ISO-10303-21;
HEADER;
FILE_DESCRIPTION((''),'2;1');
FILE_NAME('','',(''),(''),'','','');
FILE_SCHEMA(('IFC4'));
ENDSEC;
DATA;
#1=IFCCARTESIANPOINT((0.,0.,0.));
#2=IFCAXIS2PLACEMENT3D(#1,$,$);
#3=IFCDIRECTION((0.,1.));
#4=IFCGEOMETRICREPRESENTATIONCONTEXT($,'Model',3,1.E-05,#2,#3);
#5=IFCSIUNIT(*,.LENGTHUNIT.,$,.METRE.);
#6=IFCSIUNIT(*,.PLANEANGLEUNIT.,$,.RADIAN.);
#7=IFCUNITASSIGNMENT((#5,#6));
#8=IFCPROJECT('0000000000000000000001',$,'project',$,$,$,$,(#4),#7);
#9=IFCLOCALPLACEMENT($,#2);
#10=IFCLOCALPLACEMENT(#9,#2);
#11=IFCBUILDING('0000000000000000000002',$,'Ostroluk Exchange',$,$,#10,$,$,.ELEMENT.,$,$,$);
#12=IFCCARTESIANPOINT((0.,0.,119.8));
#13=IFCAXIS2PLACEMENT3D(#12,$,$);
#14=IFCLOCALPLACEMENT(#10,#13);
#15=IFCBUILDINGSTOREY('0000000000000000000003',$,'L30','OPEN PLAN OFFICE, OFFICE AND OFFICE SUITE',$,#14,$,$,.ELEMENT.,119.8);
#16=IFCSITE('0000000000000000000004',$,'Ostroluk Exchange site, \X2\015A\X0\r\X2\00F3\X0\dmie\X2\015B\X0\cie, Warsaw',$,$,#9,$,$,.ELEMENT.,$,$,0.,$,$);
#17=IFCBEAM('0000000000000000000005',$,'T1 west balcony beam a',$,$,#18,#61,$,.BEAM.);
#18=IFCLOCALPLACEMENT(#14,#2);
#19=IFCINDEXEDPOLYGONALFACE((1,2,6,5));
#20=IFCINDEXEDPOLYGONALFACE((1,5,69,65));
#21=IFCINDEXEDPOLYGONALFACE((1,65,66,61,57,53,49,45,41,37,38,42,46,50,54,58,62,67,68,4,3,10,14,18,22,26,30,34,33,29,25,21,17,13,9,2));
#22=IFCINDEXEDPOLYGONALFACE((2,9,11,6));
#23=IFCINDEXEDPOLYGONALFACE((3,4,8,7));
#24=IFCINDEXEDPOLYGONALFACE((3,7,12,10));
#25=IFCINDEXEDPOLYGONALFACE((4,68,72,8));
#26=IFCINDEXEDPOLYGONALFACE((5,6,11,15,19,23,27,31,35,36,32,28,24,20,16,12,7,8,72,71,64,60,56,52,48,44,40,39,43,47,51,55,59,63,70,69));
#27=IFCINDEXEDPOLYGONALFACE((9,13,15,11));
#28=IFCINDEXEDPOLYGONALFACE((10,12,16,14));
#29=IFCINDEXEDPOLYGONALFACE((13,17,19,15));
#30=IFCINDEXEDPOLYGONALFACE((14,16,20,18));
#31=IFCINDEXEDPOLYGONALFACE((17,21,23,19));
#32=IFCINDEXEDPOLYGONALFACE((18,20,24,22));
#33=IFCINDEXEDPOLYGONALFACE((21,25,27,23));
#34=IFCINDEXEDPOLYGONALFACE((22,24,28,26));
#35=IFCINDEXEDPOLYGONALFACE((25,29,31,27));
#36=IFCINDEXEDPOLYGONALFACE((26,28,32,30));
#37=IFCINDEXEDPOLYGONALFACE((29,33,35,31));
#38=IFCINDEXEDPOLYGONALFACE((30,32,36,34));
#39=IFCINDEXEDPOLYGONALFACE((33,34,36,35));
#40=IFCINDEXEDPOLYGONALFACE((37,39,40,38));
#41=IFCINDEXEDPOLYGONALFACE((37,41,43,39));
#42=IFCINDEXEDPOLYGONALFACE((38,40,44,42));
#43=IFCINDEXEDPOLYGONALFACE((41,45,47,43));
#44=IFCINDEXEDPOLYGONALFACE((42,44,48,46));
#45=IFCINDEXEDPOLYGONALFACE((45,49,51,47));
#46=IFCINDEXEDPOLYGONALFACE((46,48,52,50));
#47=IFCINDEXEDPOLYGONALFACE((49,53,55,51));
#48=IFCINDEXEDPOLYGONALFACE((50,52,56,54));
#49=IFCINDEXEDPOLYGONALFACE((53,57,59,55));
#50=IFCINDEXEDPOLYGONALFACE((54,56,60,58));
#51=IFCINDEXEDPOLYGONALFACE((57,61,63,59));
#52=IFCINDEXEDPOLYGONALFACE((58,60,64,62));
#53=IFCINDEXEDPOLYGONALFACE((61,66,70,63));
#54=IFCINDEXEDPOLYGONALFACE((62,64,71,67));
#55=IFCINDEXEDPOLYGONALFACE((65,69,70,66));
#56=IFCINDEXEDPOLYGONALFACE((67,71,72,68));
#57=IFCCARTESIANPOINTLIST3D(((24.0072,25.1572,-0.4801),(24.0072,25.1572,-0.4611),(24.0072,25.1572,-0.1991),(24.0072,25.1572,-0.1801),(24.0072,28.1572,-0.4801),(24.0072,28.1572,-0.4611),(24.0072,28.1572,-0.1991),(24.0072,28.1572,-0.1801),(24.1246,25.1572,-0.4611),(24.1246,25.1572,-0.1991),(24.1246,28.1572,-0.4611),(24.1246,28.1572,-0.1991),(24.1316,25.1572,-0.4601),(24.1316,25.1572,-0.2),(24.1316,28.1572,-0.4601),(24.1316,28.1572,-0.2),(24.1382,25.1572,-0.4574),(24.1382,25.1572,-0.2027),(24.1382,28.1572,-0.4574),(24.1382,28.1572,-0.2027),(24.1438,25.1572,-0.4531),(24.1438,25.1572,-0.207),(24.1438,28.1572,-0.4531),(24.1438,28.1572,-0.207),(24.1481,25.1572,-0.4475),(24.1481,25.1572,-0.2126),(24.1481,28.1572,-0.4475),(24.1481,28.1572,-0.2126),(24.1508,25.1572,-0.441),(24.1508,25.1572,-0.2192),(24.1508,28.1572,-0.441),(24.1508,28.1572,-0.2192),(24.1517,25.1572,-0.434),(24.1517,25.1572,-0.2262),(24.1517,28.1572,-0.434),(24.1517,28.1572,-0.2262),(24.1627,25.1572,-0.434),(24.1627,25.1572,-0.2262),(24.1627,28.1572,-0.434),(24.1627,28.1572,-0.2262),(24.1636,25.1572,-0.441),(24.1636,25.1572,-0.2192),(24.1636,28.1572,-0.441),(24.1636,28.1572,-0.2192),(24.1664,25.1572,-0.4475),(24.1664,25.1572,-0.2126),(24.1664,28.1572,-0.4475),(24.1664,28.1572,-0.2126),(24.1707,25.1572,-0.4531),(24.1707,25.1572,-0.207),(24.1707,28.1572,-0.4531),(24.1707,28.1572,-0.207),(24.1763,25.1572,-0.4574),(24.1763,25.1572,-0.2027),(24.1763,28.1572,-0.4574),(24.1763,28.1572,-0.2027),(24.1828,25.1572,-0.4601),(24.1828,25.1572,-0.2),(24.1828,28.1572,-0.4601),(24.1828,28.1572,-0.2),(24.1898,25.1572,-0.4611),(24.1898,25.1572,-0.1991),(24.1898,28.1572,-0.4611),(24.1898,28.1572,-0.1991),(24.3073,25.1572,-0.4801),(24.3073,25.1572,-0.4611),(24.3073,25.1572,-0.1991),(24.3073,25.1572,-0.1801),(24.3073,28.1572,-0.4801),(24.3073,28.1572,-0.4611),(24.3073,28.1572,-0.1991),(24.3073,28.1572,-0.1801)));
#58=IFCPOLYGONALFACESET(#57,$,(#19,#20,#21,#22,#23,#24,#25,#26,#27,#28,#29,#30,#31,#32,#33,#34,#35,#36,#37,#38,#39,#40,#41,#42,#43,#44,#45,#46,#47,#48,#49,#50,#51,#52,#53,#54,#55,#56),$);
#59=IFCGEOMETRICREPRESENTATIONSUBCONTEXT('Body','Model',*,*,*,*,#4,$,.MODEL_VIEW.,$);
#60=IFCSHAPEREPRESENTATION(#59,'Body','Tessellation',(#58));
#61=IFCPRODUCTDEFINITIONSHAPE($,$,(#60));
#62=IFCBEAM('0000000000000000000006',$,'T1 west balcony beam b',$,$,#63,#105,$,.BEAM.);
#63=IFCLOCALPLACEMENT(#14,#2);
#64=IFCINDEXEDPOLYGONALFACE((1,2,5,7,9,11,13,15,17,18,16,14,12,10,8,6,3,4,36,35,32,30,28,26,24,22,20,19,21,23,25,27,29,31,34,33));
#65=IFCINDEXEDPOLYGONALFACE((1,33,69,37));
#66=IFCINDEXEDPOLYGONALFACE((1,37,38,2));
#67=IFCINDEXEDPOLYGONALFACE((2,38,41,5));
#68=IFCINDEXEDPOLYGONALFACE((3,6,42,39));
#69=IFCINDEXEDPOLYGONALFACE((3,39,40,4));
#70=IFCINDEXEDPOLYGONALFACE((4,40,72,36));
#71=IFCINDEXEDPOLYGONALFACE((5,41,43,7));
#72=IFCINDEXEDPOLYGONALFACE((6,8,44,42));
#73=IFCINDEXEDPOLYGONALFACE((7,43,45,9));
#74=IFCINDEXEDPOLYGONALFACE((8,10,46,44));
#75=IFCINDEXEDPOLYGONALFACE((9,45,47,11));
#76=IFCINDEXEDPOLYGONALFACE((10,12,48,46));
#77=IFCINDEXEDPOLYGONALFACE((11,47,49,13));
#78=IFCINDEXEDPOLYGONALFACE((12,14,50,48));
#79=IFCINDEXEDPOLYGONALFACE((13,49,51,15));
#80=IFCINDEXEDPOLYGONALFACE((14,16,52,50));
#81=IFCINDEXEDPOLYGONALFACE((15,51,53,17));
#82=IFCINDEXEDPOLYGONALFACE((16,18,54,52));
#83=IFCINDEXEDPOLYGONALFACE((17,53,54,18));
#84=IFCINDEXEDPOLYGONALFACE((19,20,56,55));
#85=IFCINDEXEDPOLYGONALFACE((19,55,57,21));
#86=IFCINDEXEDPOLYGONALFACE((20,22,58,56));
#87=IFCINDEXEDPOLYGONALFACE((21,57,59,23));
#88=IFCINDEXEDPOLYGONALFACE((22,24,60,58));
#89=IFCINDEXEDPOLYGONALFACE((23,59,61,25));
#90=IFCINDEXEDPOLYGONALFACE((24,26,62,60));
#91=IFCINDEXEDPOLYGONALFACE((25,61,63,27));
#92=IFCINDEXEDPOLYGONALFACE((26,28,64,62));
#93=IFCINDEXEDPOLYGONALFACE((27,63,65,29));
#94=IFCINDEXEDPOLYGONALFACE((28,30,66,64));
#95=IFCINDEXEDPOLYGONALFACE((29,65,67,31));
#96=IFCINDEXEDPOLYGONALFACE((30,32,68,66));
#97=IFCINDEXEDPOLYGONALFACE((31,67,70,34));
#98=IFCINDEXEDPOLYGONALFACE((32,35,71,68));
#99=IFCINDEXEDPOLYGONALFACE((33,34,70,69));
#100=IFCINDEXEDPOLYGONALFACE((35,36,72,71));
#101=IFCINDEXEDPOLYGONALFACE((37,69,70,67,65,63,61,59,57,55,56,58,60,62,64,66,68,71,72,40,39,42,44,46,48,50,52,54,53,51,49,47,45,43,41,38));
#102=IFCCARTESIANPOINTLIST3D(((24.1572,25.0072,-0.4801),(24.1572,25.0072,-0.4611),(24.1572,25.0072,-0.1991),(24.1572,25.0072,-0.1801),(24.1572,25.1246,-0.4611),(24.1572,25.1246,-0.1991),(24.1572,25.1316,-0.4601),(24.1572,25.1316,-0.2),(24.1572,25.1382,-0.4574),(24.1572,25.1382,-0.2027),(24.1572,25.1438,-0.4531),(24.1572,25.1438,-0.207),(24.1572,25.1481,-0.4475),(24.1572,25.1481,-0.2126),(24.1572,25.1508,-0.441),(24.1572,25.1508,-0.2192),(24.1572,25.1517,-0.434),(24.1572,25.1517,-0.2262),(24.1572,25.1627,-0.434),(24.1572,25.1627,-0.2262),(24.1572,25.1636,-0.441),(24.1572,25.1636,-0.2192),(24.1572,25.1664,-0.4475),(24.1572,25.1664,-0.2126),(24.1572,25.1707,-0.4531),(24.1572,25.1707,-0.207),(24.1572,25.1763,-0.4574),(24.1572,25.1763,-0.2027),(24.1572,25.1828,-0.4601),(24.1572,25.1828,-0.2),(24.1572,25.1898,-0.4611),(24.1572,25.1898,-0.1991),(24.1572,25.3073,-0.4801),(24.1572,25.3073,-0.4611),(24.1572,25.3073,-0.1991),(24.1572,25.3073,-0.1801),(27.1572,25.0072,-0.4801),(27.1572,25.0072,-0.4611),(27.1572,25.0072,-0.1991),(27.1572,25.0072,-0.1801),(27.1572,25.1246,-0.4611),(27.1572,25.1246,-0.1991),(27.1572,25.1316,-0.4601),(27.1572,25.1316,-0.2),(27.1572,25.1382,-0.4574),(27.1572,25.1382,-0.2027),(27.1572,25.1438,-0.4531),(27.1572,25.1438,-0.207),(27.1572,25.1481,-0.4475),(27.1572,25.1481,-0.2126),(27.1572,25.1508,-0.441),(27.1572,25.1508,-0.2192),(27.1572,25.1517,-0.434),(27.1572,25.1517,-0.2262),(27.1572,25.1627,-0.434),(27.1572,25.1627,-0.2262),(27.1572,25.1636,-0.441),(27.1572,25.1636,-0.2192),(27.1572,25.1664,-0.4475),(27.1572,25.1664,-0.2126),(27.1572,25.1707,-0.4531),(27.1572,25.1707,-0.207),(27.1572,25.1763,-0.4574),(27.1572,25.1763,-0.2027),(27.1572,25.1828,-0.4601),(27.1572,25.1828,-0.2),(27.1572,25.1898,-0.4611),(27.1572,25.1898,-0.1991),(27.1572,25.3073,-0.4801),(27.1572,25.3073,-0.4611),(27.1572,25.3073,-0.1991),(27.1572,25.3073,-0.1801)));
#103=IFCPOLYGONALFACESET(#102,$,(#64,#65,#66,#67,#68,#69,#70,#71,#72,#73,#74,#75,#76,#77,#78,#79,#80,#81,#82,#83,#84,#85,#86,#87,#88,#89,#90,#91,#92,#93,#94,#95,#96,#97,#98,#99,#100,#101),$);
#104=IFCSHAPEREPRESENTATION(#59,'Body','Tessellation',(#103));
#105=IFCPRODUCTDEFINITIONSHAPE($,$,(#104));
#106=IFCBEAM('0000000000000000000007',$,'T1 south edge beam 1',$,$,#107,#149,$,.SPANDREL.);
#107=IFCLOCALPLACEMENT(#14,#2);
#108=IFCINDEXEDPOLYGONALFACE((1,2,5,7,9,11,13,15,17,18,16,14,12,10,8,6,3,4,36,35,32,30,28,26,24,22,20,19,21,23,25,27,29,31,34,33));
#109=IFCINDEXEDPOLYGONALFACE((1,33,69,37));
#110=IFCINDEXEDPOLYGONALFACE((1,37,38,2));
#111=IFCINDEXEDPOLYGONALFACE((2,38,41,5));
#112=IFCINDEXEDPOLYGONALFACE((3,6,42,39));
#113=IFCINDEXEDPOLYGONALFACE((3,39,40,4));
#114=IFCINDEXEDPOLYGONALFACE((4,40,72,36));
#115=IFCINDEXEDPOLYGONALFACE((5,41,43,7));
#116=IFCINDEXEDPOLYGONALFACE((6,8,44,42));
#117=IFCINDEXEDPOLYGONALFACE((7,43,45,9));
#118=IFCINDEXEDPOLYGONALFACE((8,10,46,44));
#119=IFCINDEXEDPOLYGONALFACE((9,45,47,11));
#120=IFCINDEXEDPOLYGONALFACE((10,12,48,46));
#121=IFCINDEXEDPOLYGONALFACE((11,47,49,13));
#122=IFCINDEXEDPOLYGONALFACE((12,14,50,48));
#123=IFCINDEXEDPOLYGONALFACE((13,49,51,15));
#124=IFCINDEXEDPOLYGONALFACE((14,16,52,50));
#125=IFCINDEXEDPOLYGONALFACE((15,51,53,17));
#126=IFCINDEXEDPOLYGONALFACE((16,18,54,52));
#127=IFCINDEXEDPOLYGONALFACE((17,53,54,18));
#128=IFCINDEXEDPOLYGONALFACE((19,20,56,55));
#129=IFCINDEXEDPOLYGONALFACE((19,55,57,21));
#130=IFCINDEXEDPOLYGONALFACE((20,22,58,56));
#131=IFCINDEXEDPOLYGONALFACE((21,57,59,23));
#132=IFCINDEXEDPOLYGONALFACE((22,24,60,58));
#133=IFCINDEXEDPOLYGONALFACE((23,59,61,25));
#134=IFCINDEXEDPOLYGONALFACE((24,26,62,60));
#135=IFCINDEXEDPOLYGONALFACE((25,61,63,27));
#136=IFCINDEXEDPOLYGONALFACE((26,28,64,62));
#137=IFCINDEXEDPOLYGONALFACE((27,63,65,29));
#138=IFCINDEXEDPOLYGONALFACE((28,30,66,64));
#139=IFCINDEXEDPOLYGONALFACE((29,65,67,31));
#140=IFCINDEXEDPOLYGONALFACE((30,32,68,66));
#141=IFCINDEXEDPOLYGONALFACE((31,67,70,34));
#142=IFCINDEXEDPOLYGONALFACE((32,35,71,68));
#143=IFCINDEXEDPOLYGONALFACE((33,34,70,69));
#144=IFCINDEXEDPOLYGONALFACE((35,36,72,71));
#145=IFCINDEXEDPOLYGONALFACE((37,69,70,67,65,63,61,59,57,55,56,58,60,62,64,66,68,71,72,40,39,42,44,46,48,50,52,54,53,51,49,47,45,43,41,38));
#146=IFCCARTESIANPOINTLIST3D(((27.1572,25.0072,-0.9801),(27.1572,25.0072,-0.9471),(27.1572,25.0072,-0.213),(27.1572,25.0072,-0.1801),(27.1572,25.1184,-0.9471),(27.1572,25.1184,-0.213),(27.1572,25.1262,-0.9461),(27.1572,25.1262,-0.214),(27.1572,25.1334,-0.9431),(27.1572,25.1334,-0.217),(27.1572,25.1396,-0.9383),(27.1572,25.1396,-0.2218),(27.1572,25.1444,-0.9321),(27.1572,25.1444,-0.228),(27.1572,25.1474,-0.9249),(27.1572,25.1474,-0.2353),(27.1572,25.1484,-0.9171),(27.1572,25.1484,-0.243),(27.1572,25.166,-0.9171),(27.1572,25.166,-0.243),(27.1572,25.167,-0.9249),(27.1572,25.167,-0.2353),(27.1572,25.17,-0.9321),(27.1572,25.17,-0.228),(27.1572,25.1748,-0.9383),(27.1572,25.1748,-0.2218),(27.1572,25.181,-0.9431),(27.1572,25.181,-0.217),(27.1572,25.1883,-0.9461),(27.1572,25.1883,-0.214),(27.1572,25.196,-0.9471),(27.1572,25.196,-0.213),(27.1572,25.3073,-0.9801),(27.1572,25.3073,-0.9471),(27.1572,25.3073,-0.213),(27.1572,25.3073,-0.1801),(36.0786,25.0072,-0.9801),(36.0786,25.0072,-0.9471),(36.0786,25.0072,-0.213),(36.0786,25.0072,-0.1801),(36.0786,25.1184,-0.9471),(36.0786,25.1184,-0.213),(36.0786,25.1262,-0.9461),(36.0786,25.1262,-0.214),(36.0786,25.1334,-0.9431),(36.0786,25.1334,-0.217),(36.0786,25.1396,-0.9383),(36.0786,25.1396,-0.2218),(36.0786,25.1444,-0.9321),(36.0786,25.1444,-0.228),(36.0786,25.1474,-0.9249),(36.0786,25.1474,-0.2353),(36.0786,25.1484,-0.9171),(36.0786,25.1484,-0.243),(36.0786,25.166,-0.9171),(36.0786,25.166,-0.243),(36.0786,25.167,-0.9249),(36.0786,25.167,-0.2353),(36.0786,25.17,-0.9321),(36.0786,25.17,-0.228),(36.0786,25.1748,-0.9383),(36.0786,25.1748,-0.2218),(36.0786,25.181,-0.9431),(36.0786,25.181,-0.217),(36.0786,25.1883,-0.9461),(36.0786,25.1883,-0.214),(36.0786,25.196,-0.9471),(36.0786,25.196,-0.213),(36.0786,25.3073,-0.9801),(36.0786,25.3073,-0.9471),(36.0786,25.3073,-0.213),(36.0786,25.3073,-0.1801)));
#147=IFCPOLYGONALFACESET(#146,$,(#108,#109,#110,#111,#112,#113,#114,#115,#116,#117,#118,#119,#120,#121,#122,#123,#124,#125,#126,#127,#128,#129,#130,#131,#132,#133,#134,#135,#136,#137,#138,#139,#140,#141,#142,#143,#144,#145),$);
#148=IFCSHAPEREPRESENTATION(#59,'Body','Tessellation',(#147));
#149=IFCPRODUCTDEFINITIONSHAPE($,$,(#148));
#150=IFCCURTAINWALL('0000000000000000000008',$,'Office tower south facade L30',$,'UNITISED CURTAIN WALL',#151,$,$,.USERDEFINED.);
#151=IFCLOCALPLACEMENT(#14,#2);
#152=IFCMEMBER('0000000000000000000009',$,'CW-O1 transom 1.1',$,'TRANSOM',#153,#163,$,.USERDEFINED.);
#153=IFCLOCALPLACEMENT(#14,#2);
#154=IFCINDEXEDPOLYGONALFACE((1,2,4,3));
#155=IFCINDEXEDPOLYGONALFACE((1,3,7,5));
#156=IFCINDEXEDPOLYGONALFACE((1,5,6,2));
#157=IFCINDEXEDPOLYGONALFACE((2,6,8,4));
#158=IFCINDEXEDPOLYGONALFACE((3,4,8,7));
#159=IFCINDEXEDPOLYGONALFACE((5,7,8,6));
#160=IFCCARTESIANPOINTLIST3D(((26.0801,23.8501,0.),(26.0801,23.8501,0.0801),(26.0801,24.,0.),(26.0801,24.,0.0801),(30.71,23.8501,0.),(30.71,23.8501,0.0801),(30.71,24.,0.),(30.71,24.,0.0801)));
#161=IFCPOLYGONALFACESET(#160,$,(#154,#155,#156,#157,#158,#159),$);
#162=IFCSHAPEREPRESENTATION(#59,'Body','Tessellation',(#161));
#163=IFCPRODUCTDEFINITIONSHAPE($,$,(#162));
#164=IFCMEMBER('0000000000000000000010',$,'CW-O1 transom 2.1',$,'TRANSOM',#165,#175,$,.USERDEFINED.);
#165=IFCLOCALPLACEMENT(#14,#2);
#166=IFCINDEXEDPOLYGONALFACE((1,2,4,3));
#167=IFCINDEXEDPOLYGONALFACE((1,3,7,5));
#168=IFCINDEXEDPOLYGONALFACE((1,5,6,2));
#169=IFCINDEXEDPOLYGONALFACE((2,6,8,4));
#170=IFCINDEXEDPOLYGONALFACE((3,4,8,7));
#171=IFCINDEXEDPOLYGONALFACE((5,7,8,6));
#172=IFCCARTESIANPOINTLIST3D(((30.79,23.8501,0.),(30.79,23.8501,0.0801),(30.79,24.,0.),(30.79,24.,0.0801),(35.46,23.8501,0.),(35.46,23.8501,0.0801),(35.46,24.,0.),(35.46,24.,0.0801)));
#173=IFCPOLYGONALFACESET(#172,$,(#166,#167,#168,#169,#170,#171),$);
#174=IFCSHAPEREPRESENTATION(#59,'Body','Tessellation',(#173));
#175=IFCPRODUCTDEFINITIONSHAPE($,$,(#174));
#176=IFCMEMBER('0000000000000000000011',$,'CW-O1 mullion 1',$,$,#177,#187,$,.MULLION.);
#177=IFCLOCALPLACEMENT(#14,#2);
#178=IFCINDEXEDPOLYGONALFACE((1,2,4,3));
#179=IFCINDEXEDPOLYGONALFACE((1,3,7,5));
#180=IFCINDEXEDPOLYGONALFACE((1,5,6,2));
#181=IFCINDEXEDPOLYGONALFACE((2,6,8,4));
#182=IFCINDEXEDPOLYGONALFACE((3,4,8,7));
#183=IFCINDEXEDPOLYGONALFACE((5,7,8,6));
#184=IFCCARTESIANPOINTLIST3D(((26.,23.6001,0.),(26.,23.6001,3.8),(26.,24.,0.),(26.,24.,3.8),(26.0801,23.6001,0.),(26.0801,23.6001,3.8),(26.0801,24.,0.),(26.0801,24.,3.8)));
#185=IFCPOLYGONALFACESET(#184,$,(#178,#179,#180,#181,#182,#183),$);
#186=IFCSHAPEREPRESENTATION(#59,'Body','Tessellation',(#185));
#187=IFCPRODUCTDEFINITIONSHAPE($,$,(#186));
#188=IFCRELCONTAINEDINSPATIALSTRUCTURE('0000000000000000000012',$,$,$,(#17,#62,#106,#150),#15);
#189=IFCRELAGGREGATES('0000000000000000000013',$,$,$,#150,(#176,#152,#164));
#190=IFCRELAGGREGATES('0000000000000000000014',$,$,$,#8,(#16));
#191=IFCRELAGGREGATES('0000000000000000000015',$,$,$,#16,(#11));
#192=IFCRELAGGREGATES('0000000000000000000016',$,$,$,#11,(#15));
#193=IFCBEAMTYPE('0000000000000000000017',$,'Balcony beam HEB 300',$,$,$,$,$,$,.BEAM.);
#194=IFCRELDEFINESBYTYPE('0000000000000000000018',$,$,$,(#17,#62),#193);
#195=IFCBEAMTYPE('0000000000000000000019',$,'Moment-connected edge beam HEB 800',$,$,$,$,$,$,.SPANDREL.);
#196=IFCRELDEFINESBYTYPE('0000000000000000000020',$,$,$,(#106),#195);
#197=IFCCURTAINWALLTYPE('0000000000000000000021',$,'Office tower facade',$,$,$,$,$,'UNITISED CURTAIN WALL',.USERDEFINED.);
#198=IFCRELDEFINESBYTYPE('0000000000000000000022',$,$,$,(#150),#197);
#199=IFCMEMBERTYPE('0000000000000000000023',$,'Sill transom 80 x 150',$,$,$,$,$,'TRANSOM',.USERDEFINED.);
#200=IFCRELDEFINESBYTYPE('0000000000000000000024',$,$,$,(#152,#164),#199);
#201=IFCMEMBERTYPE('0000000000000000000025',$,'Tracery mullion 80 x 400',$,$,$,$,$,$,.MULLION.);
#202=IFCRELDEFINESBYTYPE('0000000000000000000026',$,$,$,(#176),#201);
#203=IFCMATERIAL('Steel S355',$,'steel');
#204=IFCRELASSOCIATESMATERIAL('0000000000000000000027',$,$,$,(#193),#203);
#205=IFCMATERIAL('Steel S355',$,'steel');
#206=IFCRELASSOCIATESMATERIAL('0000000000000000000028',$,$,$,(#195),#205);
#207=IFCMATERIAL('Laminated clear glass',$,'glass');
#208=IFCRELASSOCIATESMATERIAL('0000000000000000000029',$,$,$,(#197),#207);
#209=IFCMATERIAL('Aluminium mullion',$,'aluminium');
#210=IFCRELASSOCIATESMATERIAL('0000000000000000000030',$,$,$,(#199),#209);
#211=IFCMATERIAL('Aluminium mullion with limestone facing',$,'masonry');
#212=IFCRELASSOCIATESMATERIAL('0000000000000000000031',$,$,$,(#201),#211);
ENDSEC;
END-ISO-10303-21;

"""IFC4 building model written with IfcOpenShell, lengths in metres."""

from ifc_helpers import new_model, si_unit, direction, frame, origin, origin_2d, place, context, subcontext, project, spatial, rectangle, i_section, extrude, material, material_profile, profile_set, type_object, element, aggregate, save


model = new_model("IFC4")

# Units and contexts
model_context = context("Model", 3, precision=1e-05, world=origin(), true_north=direction((0.0, 1.0)))
body_context = subcontext(model_context, "Body", "Model", "MODEL_VIEW")
ifc_project = project(units=[si_unit("LENGTHUNIT", "METRE"), si_unit("PLANEANGLEUNIT", "RADIAN")], contexts=[model_context])

# Site, building, storey
site_placement = place(None, origin())
site = spatial("IfcSite", under=ifc_project, at=site_placement, Name="Ostroluk Exchange site, Śródmieście, Warsaw", CompositionType="ELEMENT", RefElevation=0.0)
building_placement = place(site_placement, origin())
building = spatial("IfcBuilding", under=site, at=building_placement, Name="Ostroluk Exchange", CompositionType="ELEMENT")
storey_placement = place(building_placement, frame((0.0, 0.0, 119.8)))
storey = spatial("IfcBuildingStorey", under=building, at=storey_placement, Name="L30", Description="OPEN PLAN OFFICE, OFFICE AND OFFICE SUITE", CompositionType="ELEMENT", Elevation=119.8)

# Beams
ifc_material_1 = material(Name="Steel S355", Category="steel")
ifc_material_profile_1 = material_profile(ifc_material_1, i_section(OverallWidth=0.3, OverallDepth=0.3, WebThickness=0.011, FlangeThickness=0.019, FilletRadius=0.0271, at=origin_2d()), Name="HEB 300")
ifc_profile_set_1 = profile_set([ifc_material_profile_1], Name="Steel S355")
beam_type_1 = type_object("IfcBeamType", Name="Balcony beam HEB 300", PredefinedType="BEAM", material=ifc_profile_set_1)
for number, where, z_axis, x_axis, name in (
    (1, (24.1572, 28.1572, -0.3301), (0.0, -1.0, 0.0), (1.0, 0.0, 0.0), "T1 west balcony beam a"),
    (2, (27.1572, 25.1572, -0.3301), (-1.0, 0.0, 0.0), (0.0, -1.0, 0.0), "T1 west balcony beam b"),
):
    element("IfcBeam", number, at=place(storey_placement, frame(where, z_axis=z_axis, x_axis=x_axis)), inside=storey, type_object=beam_type_1, Name=name, PredefinedType="BEAM", context=body_context, shape_type="SweptSolid", body=[
        extrude(i_section(OverallWidth=0.3, OverallDepth=0.3, WebThickness=0.011, FlangeThickness=0.019, FilletRadius=0.0271, at=origin_2d()), origin(), (0.0, 0.0, 1.0), 3.0),
    ])
ifc_material_2 = material(Name="Steel S355", Category="steel")
ifc_material_profile_2 = material_profile(ifc_material_2, i_section(OverallWidth=0.3, OverallDepth=0.8, WebThickness=0.0176, FlangeThickness=0.033, FilletRadius=0.03, at=origin_2d()), Name="HEB 800")
ifc_profile_set_2 = profile_set([ifc_material_profile_2], Name="Steel S355")
beam_type_2 = type_object("IfcBeamType", Name="Moment-connected edge beam HEB 800", PredefinedType="SPANDREL", material=ifc_profile_set_2)
beam_placement = place(storey_placement, frame((27.1572, 25.1572, -0.5801), z_axis=(1.0, 0.0, 0.0), x_axis=(0.0, 1.0, 0.0)))
element("IfcBeam", 3, at=beam_placement, inside=storey, type_object=beam_type_2, Name="T1 south edge beam 1", PredefinedType="SPANDREL", context=body_context, shape_type="SweptSolid", body=[
    extrude(i_section(OverallWidth=0.3, OverallDepth=0.8, WebThickness=0.0176, FlangeThickness=0.033, FilletRadius=0.03, at=origin_2d()), origin(), (0.0, 0.0, 1.0), 8.9214),
])

# Curtain wall, members
ifc_material_3 = material(Name="Laminated clear glass", Category="glass")
curtain_wall_type = type_object("IfcCurtainWallType", Name="Office tower facade", ElementType="UNITISED CURTAIN WALL", PredefinedType="USERDEFINED", material=ifc_material_3)
curtain_wall_1_placement = place(storey_placement, origin())
curtain_wall_1 = element("IfcCurtainWall", 4, at=curtain_wall_1_placement, inside=storey, type_object=curtain_wall_type, Name="Office tower south facade L30", ObjectType="UNITISED CURTAIN WALL", PredefinedType="USERDEFINED")
ifc_material_4 = material(Name="Aluminium mullion", Category="aluminium")
ifc_material_profile_3 = material_profile(ifc_material_4, rectangle(XDim=0.1499, YDim=0.0801, at=origin_2d()), Name="Sill transom 80 x 150")
ifc_profile_set_3 = profile_set([ifc_material_profile_3], Name="Aluminium mullion")
member_type_1 = type_object("IfcMemberType", Name="Sill transom 80 x 150", ElementType="TRANSOM", PredefinedType="USERDEFINED", material=ifc_profile_set_3)
member_1_placement = place(storey_placement, frame((26.0801, 23.925, 0.04), z_axis=(1.0, 0.0, 0.0), x_axis=(0.0, 1.0, 0.0)))
member_1 = element("IfcMember", 5, at=member_1_placement, type_object=member_type_1, Name="CW-O1 transom 1.1", ObjectType="TRANSOM", PredefinedType="USERDEFINED", context=body_context, shape_type="SweptSolid", body=[
    extrude(rectangle(XDim=0.1499, YDim=0.0801, at=origin_2d()), origin(), (0.0, 0.0, 1.0), 4.6299),
])
member_2_placement = place(storey_placement, frame((30.79, 23.925, 0.04), z_axis=(1.0, 0.0, 0.0), x_axis=(0.0, 1.0, 0.0)))
member_2 = element("IfcMember", 6, at=member_2_placement, type_object=member_type_1, Name="CW-O1 transom 2.1", ObjectType="TRANSOM", PredefinedType="USERDEFINED", context=body_context, shape_type="SweptSolid", body=[
    extrude(rectangle(XDim=0.1499, YDim=0.0801, at=origin_2d()), origin(), (0.0, 0.0, 1.0), 4.6699),
])
ifc_material_5 = material(Name="Aluminium mullion with limestone facing", Category="masonry")
ifc_material_profile_4 = material_profile(ifc_material_5, rectangle(XDim=0.3999, YDim=0.0801, at=origin_2d()), Name="Tracery mullion 80 x 400")
ifc_profile_set_4 = profile_set([ifc_material_profile_4], Name="Aluminium mullion with limestone facing")
member_type_2 = type_object("IfcMemberType", Name="Tracery mullion 80 x 400", PredefinedType="MULLION", material=ifc_profile_set_4)
member_3_placement = place(storey_placement, frame((26.04, 23.8, 0.0), z_axis=(0.0, 0.0, 1.0), x_axis=(0.0, 1.0, 0.0)))
member_3 = element("IfcMember", 7, at=member_3_placement, type_object=member_type_2, Name="CW-O1 mullion 1", PredefinedType="MULLION", context=body_context, shape_type="SweptSolid", body=[
    extrude(rectangle(XDim=0.3999, YDim=0.0801, at=origin_2d()), origin(), (0.0, 0.0, 1.0), 3.8),
])

aggregate(curtain_wall_1, [member_3, member_1, member_2])

save(model, "model.ifc")
